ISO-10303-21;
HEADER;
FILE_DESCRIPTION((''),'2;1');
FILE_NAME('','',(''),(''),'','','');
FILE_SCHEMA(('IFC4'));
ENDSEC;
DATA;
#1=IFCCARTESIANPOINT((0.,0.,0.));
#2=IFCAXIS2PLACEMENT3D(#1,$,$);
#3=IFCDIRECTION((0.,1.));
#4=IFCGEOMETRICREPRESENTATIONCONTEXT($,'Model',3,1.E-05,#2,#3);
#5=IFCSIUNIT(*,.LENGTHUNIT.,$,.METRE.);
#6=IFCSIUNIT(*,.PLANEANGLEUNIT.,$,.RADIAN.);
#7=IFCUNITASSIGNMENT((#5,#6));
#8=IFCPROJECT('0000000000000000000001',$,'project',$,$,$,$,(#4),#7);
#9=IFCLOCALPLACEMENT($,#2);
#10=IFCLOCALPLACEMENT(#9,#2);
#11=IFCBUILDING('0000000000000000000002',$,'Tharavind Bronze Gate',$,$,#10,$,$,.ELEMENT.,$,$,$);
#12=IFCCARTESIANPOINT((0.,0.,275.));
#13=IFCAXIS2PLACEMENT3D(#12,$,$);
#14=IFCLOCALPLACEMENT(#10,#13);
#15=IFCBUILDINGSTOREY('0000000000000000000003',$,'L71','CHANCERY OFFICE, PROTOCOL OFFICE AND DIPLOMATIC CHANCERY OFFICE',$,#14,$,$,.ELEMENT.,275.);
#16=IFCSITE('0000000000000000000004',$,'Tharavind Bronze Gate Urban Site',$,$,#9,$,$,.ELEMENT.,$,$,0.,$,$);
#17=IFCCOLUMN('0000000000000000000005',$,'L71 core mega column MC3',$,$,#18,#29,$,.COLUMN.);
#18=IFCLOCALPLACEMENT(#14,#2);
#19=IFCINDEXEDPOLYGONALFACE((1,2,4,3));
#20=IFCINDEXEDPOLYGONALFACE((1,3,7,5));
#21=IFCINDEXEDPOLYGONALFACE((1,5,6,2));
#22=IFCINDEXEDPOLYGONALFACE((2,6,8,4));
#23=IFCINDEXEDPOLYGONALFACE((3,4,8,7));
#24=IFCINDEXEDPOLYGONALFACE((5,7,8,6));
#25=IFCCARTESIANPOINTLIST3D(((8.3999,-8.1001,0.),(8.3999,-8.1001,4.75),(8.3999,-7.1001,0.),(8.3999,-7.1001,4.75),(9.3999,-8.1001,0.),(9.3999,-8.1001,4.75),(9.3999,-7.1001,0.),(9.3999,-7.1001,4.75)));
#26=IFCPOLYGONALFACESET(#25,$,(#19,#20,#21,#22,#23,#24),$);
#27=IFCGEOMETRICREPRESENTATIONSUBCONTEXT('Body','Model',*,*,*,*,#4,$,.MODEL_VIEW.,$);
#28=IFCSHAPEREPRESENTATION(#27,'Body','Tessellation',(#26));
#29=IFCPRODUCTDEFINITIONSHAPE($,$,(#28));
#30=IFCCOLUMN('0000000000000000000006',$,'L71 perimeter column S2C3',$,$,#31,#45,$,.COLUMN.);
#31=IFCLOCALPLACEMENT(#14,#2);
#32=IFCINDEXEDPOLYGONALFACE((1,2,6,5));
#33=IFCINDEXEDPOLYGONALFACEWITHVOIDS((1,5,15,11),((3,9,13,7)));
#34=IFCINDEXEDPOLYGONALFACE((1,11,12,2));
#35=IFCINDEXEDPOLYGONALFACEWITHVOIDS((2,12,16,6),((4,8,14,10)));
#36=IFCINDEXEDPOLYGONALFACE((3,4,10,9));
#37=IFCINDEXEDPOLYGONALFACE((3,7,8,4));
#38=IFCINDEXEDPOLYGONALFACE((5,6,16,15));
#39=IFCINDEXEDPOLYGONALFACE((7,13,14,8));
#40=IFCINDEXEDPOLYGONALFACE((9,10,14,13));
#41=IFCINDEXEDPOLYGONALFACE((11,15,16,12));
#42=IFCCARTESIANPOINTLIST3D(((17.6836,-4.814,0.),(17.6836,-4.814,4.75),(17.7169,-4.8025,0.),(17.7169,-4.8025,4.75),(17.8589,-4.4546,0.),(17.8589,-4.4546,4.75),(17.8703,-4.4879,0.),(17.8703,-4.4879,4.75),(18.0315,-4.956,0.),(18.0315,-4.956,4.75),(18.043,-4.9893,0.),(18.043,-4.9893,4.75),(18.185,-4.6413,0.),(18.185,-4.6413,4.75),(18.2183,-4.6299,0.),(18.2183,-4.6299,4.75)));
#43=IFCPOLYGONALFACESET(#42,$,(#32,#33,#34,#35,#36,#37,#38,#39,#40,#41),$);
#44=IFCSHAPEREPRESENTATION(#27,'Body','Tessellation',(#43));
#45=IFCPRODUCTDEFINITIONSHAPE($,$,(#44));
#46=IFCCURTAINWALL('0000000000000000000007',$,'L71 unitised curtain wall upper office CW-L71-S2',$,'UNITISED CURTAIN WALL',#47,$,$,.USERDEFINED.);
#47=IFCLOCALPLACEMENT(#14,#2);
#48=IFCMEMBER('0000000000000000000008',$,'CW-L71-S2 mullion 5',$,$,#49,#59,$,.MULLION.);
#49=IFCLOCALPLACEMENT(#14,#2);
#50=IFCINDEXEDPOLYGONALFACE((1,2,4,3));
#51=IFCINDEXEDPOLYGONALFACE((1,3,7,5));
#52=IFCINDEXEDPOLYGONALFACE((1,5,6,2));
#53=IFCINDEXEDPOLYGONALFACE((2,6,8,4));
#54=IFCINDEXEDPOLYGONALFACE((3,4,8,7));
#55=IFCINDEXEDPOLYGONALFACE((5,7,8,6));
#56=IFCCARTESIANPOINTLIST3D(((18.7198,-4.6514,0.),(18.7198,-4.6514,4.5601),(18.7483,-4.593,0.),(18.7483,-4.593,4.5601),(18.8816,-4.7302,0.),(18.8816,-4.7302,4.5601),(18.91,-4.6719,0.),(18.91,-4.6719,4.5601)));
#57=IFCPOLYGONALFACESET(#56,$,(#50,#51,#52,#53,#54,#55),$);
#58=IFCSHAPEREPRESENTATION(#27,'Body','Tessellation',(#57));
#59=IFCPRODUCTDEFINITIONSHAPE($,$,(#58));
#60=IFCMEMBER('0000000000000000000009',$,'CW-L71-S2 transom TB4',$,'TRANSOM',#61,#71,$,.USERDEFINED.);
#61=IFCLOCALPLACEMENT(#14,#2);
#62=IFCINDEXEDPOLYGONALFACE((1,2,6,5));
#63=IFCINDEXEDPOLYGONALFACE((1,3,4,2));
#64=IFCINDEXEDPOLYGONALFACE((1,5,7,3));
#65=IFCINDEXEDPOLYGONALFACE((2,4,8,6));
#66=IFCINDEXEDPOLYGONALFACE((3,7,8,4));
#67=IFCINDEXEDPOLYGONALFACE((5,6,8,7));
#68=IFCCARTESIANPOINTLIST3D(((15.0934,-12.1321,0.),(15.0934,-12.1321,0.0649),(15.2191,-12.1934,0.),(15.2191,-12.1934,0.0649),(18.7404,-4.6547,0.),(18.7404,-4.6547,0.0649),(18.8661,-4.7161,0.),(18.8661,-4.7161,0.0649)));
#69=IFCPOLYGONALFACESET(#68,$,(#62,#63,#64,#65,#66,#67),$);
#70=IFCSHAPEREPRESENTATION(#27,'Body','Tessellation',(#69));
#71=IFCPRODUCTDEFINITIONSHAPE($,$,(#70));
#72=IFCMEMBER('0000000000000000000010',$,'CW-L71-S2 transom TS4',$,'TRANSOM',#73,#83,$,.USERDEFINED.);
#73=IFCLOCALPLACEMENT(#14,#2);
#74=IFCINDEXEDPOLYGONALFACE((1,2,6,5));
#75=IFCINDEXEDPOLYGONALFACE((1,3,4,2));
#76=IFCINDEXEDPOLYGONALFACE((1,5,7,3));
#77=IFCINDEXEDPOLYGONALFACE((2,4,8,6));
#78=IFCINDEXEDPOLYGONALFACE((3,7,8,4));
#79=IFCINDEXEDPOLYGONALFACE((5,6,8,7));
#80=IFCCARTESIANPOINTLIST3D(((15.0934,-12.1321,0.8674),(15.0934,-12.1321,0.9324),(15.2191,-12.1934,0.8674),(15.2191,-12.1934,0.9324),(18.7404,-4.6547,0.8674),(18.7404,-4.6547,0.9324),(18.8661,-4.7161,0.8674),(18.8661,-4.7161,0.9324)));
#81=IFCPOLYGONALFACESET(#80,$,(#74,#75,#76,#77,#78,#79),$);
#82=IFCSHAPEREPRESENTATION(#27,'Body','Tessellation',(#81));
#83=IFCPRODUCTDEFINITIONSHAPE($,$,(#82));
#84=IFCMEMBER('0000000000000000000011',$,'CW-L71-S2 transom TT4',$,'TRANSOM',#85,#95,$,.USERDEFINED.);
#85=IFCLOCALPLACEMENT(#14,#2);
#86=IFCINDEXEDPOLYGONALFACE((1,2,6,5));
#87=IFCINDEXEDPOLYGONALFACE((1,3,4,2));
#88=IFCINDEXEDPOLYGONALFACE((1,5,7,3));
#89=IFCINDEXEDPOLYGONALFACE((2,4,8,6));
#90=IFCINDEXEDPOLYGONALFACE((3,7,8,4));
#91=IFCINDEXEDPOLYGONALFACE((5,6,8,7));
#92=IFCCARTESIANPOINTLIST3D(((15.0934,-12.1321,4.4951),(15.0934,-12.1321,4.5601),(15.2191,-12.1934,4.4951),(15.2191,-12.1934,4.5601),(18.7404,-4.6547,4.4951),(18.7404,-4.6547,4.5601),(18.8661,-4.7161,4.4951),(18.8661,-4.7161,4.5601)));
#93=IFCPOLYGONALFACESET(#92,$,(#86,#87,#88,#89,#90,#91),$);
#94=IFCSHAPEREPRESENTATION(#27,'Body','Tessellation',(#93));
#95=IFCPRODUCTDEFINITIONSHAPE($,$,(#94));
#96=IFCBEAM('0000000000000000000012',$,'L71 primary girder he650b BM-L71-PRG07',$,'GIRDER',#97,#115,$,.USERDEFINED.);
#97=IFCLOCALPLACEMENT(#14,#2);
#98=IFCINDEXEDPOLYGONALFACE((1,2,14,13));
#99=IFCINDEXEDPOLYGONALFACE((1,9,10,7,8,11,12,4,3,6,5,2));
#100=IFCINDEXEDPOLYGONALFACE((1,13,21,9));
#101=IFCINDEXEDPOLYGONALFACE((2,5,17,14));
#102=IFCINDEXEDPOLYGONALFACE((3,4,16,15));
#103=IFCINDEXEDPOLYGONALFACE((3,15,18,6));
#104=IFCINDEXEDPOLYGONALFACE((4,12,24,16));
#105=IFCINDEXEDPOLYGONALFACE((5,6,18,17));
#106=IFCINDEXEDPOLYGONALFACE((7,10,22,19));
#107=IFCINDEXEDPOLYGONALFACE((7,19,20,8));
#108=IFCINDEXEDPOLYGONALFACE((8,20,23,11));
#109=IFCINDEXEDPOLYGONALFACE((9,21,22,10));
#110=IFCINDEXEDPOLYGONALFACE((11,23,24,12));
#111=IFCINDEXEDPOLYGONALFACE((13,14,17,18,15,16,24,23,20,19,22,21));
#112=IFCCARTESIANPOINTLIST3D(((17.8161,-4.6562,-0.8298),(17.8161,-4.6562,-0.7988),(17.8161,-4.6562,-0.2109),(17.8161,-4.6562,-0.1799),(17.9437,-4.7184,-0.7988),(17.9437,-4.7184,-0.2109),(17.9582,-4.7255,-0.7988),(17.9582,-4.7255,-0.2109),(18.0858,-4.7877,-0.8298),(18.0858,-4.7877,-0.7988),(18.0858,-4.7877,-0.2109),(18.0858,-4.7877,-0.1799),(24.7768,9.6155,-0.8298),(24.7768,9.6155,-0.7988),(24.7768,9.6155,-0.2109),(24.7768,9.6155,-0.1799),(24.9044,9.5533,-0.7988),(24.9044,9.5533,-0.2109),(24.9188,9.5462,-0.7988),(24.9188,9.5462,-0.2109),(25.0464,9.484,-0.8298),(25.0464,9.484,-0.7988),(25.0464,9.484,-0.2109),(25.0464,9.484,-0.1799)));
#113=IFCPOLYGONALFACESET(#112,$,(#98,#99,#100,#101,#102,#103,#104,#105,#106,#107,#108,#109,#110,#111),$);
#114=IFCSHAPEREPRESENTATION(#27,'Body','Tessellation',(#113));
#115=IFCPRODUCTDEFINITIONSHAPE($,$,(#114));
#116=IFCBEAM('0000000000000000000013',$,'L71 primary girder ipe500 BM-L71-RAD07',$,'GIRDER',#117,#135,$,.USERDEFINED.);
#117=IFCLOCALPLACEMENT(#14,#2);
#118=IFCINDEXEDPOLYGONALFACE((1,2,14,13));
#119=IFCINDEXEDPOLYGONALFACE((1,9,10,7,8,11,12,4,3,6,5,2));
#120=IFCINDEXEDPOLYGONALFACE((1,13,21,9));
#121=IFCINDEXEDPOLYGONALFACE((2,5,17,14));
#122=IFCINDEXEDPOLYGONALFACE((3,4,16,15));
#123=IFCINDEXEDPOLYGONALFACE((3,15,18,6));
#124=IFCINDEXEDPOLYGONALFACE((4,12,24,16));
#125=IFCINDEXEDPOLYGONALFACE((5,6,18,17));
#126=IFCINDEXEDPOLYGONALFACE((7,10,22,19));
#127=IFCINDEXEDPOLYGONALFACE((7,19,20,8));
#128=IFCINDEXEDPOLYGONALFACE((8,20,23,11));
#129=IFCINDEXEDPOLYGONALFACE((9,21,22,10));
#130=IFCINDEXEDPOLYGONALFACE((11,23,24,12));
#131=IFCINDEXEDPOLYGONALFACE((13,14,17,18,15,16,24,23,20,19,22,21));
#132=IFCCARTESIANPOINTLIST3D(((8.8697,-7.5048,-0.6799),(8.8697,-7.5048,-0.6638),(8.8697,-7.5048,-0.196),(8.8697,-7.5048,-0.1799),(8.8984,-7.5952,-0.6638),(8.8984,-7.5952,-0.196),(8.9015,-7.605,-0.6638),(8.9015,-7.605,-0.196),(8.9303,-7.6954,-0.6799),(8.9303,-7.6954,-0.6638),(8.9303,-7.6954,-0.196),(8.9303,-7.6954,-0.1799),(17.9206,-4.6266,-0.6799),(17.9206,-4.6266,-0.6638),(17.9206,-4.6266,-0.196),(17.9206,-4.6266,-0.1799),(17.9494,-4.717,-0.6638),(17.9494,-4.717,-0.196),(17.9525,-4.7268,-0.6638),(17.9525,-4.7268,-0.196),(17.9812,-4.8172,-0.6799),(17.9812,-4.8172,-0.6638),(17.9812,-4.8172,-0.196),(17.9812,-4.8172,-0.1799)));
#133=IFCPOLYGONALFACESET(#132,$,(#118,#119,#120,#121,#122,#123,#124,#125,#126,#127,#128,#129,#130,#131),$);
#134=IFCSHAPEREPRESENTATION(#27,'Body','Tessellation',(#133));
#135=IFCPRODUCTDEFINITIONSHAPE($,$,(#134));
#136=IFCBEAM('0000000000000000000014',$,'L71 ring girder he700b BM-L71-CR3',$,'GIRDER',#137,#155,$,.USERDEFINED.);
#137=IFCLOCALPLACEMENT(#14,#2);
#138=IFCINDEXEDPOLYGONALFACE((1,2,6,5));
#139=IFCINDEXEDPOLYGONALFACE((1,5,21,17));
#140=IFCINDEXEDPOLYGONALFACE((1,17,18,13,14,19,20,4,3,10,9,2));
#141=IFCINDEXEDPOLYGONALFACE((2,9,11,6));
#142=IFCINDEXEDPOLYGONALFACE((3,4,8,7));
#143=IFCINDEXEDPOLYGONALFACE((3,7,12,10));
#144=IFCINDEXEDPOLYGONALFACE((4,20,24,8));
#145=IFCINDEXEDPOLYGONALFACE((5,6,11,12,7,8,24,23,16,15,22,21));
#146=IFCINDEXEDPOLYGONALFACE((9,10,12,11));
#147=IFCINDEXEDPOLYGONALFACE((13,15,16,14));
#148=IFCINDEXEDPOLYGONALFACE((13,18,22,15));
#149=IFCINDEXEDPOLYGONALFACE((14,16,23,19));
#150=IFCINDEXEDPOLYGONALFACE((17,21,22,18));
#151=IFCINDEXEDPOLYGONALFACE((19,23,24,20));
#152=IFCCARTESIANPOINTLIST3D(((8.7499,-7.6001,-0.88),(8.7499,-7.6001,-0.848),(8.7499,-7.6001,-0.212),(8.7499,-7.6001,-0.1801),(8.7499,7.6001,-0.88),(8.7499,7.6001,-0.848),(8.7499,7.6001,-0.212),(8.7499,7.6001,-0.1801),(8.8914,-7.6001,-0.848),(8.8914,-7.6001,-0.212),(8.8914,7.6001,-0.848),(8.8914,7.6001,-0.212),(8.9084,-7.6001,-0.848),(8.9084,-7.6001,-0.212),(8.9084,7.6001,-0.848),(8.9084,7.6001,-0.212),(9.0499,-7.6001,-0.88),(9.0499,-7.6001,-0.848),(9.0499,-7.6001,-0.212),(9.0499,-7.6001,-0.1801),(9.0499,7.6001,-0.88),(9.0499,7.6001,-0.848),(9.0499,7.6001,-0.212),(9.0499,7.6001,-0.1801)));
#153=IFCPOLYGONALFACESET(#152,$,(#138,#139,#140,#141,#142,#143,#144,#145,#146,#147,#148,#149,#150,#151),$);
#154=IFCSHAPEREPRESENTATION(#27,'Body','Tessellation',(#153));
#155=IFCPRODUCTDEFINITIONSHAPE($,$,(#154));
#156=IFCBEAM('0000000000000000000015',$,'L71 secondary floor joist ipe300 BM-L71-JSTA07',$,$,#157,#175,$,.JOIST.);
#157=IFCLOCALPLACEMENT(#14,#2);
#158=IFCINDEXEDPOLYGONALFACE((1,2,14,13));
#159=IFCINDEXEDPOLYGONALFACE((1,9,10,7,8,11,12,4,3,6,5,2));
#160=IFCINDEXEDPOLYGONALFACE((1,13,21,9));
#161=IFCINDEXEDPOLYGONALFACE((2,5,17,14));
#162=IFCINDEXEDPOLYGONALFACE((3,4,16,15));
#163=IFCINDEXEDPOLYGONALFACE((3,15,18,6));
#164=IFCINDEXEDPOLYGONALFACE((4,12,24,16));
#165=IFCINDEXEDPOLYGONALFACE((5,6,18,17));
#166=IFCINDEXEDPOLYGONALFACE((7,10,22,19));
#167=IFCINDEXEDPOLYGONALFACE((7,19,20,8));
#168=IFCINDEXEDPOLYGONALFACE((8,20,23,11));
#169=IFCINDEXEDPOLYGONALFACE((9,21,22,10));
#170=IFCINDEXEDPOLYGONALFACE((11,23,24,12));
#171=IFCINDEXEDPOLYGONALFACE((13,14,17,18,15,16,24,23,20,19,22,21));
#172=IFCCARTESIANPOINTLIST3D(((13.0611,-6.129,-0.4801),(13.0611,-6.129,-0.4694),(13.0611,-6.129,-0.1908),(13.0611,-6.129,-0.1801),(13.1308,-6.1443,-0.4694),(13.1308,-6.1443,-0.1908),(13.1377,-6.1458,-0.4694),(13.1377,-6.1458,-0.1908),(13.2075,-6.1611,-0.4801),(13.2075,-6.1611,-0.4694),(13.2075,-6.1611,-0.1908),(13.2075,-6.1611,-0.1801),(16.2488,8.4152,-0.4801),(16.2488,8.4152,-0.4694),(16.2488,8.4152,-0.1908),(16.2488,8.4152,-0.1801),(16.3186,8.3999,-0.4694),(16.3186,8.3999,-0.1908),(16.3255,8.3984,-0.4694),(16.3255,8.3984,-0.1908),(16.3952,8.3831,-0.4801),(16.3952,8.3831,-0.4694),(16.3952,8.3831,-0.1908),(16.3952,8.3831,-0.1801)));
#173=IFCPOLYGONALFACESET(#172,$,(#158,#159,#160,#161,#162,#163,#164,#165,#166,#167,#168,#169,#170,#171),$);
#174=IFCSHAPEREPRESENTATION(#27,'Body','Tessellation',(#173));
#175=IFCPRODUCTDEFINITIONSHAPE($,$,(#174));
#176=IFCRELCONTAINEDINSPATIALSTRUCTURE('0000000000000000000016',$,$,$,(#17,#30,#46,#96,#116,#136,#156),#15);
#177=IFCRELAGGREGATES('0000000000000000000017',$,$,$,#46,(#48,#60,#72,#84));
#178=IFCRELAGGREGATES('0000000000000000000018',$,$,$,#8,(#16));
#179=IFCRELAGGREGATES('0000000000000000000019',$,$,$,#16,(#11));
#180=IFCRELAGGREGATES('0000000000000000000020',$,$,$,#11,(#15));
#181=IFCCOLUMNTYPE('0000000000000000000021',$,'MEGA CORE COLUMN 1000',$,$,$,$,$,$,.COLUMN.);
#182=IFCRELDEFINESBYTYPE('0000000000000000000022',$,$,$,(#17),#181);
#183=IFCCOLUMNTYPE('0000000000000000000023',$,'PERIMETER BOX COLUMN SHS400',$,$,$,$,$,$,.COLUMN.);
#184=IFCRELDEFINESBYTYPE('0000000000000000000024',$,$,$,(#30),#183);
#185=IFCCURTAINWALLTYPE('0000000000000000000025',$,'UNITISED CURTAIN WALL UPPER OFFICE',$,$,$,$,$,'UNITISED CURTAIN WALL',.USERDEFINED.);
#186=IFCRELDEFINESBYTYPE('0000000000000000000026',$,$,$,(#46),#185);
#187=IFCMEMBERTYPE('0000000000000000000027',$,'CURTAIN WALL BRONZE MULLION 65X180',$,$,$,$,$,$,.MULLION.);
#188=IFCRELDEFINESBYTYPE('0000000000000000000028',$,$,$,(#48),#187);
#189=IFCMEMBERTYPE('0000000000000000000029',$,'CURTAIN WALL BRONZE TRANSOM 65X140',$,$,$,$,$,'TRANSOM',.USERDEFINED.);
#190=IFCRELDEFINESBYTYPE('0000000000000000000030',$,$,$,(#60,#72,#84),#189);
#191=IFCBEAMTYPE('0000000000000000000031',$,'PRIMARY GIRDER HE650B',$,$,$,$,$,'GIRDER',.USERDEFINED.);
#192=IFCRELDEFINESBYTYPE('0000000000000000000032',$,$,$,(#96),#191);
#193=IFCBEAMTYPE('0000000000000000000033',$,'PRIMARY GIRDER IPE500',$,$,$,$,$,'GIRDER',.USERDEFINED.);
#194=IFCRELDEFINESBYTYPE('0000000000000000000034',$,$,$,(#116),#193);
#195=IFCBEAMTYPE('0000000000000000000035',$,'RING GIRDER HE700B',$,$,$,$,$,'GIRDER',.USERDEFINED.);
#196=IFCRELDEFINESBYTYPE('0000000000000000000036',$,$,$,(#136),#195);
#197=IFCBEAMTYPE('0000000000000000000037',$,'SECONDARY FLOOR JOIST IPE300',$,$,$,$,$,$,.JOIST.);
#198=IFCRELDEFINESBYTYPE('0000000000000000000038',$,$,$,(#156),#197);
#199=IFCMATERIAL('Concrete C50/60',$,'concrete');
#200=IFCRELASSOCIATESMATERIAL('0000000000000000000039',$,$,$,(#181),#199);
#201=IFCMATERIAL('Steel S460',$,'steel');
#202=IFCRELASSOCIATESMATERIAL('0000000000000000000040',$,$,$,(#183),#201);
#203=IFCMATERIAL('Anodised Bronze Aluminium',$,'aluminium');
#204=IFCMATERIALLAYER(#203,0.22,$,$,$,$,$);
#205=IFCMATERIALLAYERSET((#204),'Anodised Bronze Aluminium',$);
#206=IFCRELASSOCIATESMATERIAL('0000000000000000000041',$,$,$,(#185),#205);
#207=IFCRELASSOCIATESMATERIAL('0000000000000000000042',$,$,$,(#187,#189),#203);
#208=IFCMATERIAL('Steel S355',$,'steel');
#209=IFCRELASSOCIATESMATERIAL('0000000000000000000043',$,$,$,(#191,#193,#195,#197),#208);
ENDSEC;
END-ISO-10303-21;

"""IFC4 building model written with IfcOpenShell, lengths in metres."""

from ifc_helpers import new_model, si_unit, direction, frame, origin, origin_2d, place, context, subcontext, project, spatial, rectangle, hollow_rectangle, i_section, extrude, material, layer, layer_set, material_profile, profile_set, type_object, element, aggregate, save


model = new_model("IFC4")

# Units and contexts
model_context = context("Model", 3, precision=1e-05, world=origin(), true_north=direction((0.0, 1.0)))
body_context = subcontext(model_context, "Body", "Model", "MODEL_VIEW")
ifc_project = project(units=[si_unit("LENGTHUNIT", "METRE"), si_unit("PLANEANGLEUNIT", "RADIAN")], contexts=[model_context])

# Site, building, storey
site_placement = place(None, origin())
site = spatial("IfcSite", under=ifc_project, at=site_placement, Name="Tharavind Bronze Gate Urban Site", CompositionType="ELEMENT", RefElevation=0.0)
building_placement = place(site_placement, origin())
building = spatial("IfcBuilding", under=site, at=building_placement, Name="Tharavind Bronze Gate", CompositionType="ELEMENT")
storey_placement = place(building_placement, frame((0.0, 0.0, 275.0)))
storey = spatial("IfcBuildingStorey", under=building, at=storey_placement, Name="L71", Description="CHANCERY OFFICE, PROTOCOL OFFICE AND DIPLOMATIC CHANCERY OFFICE", CompositionType="ELEMENT", Elevation=275.0)

# Columns
ifc_material_1 = material(Name="Concrete C50/60", Category="concrete")
ifc_material_profile_1 = material_profile(ifc_material_1, rectangle(XDim=1.0, YDim=1.0, at=origin_2d()), Name="RCCOL1000")
ifc_profile_set_1 = profile_set([ifc_material_profile_1], Name="Concrete C50/60")
column_type_1 = type_object("IfcColumnType", Name="MEGA CORE COLUMN 1000", PredefinedType="COLUMN", material=ifc_profile_set_1)
column_1_placement = place(storey_placement, frame((8.8999, -7.6001, 0.0), z_axis=(0.0, 0.0, 1.0), x_axis=(1.0, 0.0, 0.0)))
element("IfcColumn", 1, at=column_1_placement, inside=storey, type_object=column_type_1, Name="L71 core mega column MC3", PredefinedType="COLUMN", context=body_context, shape_type="SweptSolid", body=[
    extrude(rectangle(XDim=1.0, YDim=1.0, at=origin_2d()), origin(), (0.0, 0.0, 1.0), 4.75),
])
ifc_material_2 = material(Name="Steel S460", Category="steel")
ifc_material_profile_2 = material_profile(ifc_material_2, hollow_rectangle(XDim=0.3999, YDim=0.3999, WallThickness=0.0249, at=origin_2d()), Name="SHS400X25")
ifc_profile_set_2 = profile_set([ifc_material_profile_2], Name="Steel S460")
column_type_2 = type_object("IfcColumnType", Name="PERIMETER BOX COLUMN SHS400", PredefinedType="COLUMN", material=ifc_profile_set_2)
column_2_placement = place(storey_placement, frame((17.9509, -4.7219, 0.0), z_axis=(0.0, 0.0, 1.0), x_axis=(0.438373, 0.898793, 0.0)))
element("IfcColumn", 2, at=column_2_placement, inside=storey, type_object=column_type_2, Name="L71 perimeter column S2C3", PredefinedType="COLUMN", context=body_context, shape_type="SweptSolid", body=[
    extrude(hollow_rectangle(XDim=0.3999, YDim=0.3999, WallThickness=0.0249, at=origin_2d()), origin(), (0.0, 0.0, 1.0), 4.75),
])

# Curtain wall, members
ifc_material_3 = material(Name="Anodised Bronze Aluminium", Category="aluminium")
ifc_layer_1 = layer(ifc_material_3, 0.22)
ifc_layer_set_1 = layer_set([ifc_layer_1], Name="Anodised Bronze Aluminium")
curtain_wall_type = type_object("IfcCurtainWallType", Name="UNITISED CURTAIN WALL UPPER OFFICE", ElementType="UNITISED CURTAIN WALL", PredefinedType="USERDEFINED", material=ifc_layer_set_1)
curtain_wall_placement = place(storey_placement, origin())
curtain_wall = element("IfcCurtainWall", 3, at=curtain_wall_placement, inside=storey, type_object=curtain_wall_type, Name="L71 unitised curtain wall upper office CW-L71-S2", ObjectType="UNITISED CURTAIN WALL", PredefinedType="USERDEFINED")
member_type_1 = type_object("IfcMemberType", Name="CURTAIN WALL BRONZE MULLION 65X180", PredefinedType="MULLION", material=ifc_material_3)
member_1_placement = place(storey_placement, frame((18.8149, -4.6616, 0.0), z_axis=(0.0, 0.0, 1.0), x_axis=(0.438373, 0.898793, 0.0)))
member_1 = element("IfcMember", 4, at=member_1_placement, type_object=member_type_1, Name="CW-L71-S2 mullion 5", PredefinedType="MULLION", context=body_context, shape_type="SweptSolid", body=[
    extrude(rectangle(XDim=0.0649, YDim=0.1799, at=origin_2d()), origin(), (0.0, 0.0, 1.0), 4.5601),
])
member_type_2 = type_object("IfcMemberType", Name="CURTAIN WALL BRONZE TRANSOM 65X140", ElementType="TRANSOM", PredefinedType="USERDEFINED", material=ifc_material_3)
member_2_placement = place(storey_placement, frame((16.9797, -8.4241, 0.0), z_axis=(0.0, 0.0, 1.0), x_axis=(0.438373, 0.898793, 0.0)))
member_2 = element("IfcMember", 5, at=member_2_placement, type_object=member_type_2, Name="CW-L71-S2 transom TB4", ObjectType="TRANSOM", PredefinedType="USERDEFINED", context=body_context, shape_type="SweptSolid", body=[
    extrude(rectangle(XDim=8.3193, YDim=0.1399, at=origin_2d()), origin(), (0.0, 0.0, 1.0), 0.0649),
])
member_3_placement = place(storey_placement, frame((16.9797, -8.4241, 0.8674), z_axis=(0.0, 0.0, 1.0), x_axis=(0.438373, 0.898793, 0.0)))
member_3 = element("IfcMember", 6, at=member_3_placement, type_object=member_type_2, Name="CW-L71-S2 transom TS4", ObjectType="TRANSOM", PredefinedType="USERDEFINED", context=body_context, shape_type="SweptSolid", body=[
    extrude(rectangle(XDim=8.3193, YDim=0.1399, at=origin_2d()), origin(), (0.0, 0.0, 1.0), 0.0649),
])
member_4_placement = place(storey_placement, frame((16.9797, -8.4241, 4.4951), z_axis=(0.0, 0.0, 1.0), x_axis=(0.438373, 0.898793, 0.0)))
member_4 = element("IfcMember", 7, at=member_4_placement, type_object=member_type_2, Name="CW-L71-S2 transom TT4", ObjectType="TRANSOM", PredefinedType="USERDEFINED", context=body_context, shape_type="SweptSolid", body=[
    extrude(rectangle(XDim=8.3193, YDim=0.1399, at=origin_2d()), origin(), (0.0, 0.0, 1.0), 0.0649),
])

# Beams
ifc_material_4 = material(Name="Steel S355", Category="steel")
ifc_material_profile_3 = material_profile(ifc_material_4, i_section(OverallWidth=0.3, OverallDepth=0.6499, WebThickness=0.0161, FlangeThickness=0.031, at=origin_2d()), Name="HE650B")
ifc_profile_set_3 = profile_set([ifc_material_profile_3], Name="Steel S355")
beam_type_1 = type_object("IfcBeamType", Name="PRIMARY GIRDER HE650B", ElementType="GIRDER", PredefinedType="USERDEFINED", material=ifc_profile_set_3)
beam_1_placement = place(storey_placement, frame((17.9509, -4.7219, -0.5049), z_axis=(0.438366, 0.898796, 0.0), x_axis=(-0.898796, 0.438366, 0.0)))
element("IfcBeam", 8, at=beam_1_placement, inside=storey, type_object=beam_type_1, Name="L71 primary girder he650b BM-L71-PRG07", ObjectType="GIRDER", PredefinedType="USERDEFINED", context=body_context, shape_type="SweptSolid", body=[
    extrude(i_section(OverallWidth=0.3, OverallDepth=0.6499, WebThickness=0.0161, FlangeThickness=0.031, at=origin_2d()), origin(), (0.0, 0.0, 1.0), 15.8787),
])
ifc_material_profile_4 = material_profile(ifc_material_4, i_section(OverallWidth=0.2, OverallDepth=0.5, WebThickness=0.0103, FlangeThickness=0.0161, at=origin_2d()), Name="IPE500")
ifc_profile_set_4 = profile_set([ifc_material_profile_4], Name="Steel S355")
beam_type_2 = type_object("IfcBeamType", Name="PRIMARY GIRDER IPE500", ElementType="GIRDER", PredefinedType="USERDEFINED", material=ifc_profile_set_4)
beam_2_placement = place(storey_placement, frame((17.9509, -4.7219, -0.4299), z_axis=(-0.952977, -0.303041, 0.0), x_axis=(0.303041, -0.952977, 0.0)))
element("IfcBeam", 9, at=beam_2_placement, inside=storey, type_object=beam_type_2, Name="L71 primary girder ipe500 BM-L71-RAD07", ObjectType="GIRDER", PredefinedType="USERDEFINED", context=body_context, shape_type="SweptSolid", body=[
    extrude(i_section(OverallWidth=0.2, OverallDepth=0.5, WebThickness=0.0103, FlangeThickness=0.0161, at=origin_2d()), origin(), (0.0, 0.0, 1.0), 9.4976),
])
ifc_material_profile_5 = material_profile(ifc_material_4, i_section(OverallWidth=0.3, OverallDepth=0.7, WebThickness=0.0171, FlangeThickness=0.032, at=origin_2d()), Name="HE700B")
ifc_profile_set_5 = profile_set([ifc_material_profile_5], Name="Steel S355")
beam_type_3 = type_object("IfcBeamType", Name="RING GIRDER HE700B", ElementType="GIRDER", PredefinedType="USERDEFINED", material=ifc_profile_set_5)
beam_3_placement = place(storey_placement, frame((8.8999, -7.6001, -0.53), z_axis=(0.0, 1.0, 0.0), x_axis=(-1.0, 0.0, 0.0)))
element("IfcBeam", 10, at=beam_3_placement, inside=storey, type_object=beam_type_3, Name="L71 ring girder he700b BM-L71-CR3", ObjectType="GIRDER", PredefinedType="USERDEFINED", context=body_context, shape_type="SweptSolid", body=[
    extrude(i_section(OverallWidth=0.3, OverallDepth=0.7, WebThickness=0.0171, FlangeThickness=0.032, at=origin_2d()), origin(), (0.0, 0.0, 1.0), 15.2002),
])
ifc_material_profile_6 = material_profile(ifc_material_4, i_section(OverallWidth=0.1499, OverallDepth=0.3, WebThickness=0.0071, FlangeThickness=0.0107, at=origin_2d()), Name="IPE300")
ifc_profile_set_6 = profile_set([ifc_material_profile_6], Name="Steel S355")
beam_type_4 = type_object("IfcBeamType", Name="SECONDARY FLOOR JOIST IPE300", PredefinedType="JOIST", material=ifc_profile_set_6)
beam_4_placement = place(storey_placement, frame((13.1343, -6.145, -0.3301), z_axis=(0.214094, 0.976813, 0.0), x_axis=(-0.976813, 0.214094, 0.0)))
element("IfcBeam", 11, at=beam_4_placement, inside=storey, type_object=beam_type_4, Name="L71 secondary floor joist ipe300 BM-L71-JSTA07", PredefinedType="JOIST", context=body_context, shape_type="SweptSolid", body=[
    extrude(i_section(OverallWidth=0.1499, OverallDepth=0.3, WebThickness=0.0071, FlangeThickness=0.0107, at=origin_2d()), origin(), (0.0, 0.0, 1.0), 14.8894),
])

aggregate(curtain_wall, [member_1, member_2, member_3, member_4])

save(model, "model.ifc")
